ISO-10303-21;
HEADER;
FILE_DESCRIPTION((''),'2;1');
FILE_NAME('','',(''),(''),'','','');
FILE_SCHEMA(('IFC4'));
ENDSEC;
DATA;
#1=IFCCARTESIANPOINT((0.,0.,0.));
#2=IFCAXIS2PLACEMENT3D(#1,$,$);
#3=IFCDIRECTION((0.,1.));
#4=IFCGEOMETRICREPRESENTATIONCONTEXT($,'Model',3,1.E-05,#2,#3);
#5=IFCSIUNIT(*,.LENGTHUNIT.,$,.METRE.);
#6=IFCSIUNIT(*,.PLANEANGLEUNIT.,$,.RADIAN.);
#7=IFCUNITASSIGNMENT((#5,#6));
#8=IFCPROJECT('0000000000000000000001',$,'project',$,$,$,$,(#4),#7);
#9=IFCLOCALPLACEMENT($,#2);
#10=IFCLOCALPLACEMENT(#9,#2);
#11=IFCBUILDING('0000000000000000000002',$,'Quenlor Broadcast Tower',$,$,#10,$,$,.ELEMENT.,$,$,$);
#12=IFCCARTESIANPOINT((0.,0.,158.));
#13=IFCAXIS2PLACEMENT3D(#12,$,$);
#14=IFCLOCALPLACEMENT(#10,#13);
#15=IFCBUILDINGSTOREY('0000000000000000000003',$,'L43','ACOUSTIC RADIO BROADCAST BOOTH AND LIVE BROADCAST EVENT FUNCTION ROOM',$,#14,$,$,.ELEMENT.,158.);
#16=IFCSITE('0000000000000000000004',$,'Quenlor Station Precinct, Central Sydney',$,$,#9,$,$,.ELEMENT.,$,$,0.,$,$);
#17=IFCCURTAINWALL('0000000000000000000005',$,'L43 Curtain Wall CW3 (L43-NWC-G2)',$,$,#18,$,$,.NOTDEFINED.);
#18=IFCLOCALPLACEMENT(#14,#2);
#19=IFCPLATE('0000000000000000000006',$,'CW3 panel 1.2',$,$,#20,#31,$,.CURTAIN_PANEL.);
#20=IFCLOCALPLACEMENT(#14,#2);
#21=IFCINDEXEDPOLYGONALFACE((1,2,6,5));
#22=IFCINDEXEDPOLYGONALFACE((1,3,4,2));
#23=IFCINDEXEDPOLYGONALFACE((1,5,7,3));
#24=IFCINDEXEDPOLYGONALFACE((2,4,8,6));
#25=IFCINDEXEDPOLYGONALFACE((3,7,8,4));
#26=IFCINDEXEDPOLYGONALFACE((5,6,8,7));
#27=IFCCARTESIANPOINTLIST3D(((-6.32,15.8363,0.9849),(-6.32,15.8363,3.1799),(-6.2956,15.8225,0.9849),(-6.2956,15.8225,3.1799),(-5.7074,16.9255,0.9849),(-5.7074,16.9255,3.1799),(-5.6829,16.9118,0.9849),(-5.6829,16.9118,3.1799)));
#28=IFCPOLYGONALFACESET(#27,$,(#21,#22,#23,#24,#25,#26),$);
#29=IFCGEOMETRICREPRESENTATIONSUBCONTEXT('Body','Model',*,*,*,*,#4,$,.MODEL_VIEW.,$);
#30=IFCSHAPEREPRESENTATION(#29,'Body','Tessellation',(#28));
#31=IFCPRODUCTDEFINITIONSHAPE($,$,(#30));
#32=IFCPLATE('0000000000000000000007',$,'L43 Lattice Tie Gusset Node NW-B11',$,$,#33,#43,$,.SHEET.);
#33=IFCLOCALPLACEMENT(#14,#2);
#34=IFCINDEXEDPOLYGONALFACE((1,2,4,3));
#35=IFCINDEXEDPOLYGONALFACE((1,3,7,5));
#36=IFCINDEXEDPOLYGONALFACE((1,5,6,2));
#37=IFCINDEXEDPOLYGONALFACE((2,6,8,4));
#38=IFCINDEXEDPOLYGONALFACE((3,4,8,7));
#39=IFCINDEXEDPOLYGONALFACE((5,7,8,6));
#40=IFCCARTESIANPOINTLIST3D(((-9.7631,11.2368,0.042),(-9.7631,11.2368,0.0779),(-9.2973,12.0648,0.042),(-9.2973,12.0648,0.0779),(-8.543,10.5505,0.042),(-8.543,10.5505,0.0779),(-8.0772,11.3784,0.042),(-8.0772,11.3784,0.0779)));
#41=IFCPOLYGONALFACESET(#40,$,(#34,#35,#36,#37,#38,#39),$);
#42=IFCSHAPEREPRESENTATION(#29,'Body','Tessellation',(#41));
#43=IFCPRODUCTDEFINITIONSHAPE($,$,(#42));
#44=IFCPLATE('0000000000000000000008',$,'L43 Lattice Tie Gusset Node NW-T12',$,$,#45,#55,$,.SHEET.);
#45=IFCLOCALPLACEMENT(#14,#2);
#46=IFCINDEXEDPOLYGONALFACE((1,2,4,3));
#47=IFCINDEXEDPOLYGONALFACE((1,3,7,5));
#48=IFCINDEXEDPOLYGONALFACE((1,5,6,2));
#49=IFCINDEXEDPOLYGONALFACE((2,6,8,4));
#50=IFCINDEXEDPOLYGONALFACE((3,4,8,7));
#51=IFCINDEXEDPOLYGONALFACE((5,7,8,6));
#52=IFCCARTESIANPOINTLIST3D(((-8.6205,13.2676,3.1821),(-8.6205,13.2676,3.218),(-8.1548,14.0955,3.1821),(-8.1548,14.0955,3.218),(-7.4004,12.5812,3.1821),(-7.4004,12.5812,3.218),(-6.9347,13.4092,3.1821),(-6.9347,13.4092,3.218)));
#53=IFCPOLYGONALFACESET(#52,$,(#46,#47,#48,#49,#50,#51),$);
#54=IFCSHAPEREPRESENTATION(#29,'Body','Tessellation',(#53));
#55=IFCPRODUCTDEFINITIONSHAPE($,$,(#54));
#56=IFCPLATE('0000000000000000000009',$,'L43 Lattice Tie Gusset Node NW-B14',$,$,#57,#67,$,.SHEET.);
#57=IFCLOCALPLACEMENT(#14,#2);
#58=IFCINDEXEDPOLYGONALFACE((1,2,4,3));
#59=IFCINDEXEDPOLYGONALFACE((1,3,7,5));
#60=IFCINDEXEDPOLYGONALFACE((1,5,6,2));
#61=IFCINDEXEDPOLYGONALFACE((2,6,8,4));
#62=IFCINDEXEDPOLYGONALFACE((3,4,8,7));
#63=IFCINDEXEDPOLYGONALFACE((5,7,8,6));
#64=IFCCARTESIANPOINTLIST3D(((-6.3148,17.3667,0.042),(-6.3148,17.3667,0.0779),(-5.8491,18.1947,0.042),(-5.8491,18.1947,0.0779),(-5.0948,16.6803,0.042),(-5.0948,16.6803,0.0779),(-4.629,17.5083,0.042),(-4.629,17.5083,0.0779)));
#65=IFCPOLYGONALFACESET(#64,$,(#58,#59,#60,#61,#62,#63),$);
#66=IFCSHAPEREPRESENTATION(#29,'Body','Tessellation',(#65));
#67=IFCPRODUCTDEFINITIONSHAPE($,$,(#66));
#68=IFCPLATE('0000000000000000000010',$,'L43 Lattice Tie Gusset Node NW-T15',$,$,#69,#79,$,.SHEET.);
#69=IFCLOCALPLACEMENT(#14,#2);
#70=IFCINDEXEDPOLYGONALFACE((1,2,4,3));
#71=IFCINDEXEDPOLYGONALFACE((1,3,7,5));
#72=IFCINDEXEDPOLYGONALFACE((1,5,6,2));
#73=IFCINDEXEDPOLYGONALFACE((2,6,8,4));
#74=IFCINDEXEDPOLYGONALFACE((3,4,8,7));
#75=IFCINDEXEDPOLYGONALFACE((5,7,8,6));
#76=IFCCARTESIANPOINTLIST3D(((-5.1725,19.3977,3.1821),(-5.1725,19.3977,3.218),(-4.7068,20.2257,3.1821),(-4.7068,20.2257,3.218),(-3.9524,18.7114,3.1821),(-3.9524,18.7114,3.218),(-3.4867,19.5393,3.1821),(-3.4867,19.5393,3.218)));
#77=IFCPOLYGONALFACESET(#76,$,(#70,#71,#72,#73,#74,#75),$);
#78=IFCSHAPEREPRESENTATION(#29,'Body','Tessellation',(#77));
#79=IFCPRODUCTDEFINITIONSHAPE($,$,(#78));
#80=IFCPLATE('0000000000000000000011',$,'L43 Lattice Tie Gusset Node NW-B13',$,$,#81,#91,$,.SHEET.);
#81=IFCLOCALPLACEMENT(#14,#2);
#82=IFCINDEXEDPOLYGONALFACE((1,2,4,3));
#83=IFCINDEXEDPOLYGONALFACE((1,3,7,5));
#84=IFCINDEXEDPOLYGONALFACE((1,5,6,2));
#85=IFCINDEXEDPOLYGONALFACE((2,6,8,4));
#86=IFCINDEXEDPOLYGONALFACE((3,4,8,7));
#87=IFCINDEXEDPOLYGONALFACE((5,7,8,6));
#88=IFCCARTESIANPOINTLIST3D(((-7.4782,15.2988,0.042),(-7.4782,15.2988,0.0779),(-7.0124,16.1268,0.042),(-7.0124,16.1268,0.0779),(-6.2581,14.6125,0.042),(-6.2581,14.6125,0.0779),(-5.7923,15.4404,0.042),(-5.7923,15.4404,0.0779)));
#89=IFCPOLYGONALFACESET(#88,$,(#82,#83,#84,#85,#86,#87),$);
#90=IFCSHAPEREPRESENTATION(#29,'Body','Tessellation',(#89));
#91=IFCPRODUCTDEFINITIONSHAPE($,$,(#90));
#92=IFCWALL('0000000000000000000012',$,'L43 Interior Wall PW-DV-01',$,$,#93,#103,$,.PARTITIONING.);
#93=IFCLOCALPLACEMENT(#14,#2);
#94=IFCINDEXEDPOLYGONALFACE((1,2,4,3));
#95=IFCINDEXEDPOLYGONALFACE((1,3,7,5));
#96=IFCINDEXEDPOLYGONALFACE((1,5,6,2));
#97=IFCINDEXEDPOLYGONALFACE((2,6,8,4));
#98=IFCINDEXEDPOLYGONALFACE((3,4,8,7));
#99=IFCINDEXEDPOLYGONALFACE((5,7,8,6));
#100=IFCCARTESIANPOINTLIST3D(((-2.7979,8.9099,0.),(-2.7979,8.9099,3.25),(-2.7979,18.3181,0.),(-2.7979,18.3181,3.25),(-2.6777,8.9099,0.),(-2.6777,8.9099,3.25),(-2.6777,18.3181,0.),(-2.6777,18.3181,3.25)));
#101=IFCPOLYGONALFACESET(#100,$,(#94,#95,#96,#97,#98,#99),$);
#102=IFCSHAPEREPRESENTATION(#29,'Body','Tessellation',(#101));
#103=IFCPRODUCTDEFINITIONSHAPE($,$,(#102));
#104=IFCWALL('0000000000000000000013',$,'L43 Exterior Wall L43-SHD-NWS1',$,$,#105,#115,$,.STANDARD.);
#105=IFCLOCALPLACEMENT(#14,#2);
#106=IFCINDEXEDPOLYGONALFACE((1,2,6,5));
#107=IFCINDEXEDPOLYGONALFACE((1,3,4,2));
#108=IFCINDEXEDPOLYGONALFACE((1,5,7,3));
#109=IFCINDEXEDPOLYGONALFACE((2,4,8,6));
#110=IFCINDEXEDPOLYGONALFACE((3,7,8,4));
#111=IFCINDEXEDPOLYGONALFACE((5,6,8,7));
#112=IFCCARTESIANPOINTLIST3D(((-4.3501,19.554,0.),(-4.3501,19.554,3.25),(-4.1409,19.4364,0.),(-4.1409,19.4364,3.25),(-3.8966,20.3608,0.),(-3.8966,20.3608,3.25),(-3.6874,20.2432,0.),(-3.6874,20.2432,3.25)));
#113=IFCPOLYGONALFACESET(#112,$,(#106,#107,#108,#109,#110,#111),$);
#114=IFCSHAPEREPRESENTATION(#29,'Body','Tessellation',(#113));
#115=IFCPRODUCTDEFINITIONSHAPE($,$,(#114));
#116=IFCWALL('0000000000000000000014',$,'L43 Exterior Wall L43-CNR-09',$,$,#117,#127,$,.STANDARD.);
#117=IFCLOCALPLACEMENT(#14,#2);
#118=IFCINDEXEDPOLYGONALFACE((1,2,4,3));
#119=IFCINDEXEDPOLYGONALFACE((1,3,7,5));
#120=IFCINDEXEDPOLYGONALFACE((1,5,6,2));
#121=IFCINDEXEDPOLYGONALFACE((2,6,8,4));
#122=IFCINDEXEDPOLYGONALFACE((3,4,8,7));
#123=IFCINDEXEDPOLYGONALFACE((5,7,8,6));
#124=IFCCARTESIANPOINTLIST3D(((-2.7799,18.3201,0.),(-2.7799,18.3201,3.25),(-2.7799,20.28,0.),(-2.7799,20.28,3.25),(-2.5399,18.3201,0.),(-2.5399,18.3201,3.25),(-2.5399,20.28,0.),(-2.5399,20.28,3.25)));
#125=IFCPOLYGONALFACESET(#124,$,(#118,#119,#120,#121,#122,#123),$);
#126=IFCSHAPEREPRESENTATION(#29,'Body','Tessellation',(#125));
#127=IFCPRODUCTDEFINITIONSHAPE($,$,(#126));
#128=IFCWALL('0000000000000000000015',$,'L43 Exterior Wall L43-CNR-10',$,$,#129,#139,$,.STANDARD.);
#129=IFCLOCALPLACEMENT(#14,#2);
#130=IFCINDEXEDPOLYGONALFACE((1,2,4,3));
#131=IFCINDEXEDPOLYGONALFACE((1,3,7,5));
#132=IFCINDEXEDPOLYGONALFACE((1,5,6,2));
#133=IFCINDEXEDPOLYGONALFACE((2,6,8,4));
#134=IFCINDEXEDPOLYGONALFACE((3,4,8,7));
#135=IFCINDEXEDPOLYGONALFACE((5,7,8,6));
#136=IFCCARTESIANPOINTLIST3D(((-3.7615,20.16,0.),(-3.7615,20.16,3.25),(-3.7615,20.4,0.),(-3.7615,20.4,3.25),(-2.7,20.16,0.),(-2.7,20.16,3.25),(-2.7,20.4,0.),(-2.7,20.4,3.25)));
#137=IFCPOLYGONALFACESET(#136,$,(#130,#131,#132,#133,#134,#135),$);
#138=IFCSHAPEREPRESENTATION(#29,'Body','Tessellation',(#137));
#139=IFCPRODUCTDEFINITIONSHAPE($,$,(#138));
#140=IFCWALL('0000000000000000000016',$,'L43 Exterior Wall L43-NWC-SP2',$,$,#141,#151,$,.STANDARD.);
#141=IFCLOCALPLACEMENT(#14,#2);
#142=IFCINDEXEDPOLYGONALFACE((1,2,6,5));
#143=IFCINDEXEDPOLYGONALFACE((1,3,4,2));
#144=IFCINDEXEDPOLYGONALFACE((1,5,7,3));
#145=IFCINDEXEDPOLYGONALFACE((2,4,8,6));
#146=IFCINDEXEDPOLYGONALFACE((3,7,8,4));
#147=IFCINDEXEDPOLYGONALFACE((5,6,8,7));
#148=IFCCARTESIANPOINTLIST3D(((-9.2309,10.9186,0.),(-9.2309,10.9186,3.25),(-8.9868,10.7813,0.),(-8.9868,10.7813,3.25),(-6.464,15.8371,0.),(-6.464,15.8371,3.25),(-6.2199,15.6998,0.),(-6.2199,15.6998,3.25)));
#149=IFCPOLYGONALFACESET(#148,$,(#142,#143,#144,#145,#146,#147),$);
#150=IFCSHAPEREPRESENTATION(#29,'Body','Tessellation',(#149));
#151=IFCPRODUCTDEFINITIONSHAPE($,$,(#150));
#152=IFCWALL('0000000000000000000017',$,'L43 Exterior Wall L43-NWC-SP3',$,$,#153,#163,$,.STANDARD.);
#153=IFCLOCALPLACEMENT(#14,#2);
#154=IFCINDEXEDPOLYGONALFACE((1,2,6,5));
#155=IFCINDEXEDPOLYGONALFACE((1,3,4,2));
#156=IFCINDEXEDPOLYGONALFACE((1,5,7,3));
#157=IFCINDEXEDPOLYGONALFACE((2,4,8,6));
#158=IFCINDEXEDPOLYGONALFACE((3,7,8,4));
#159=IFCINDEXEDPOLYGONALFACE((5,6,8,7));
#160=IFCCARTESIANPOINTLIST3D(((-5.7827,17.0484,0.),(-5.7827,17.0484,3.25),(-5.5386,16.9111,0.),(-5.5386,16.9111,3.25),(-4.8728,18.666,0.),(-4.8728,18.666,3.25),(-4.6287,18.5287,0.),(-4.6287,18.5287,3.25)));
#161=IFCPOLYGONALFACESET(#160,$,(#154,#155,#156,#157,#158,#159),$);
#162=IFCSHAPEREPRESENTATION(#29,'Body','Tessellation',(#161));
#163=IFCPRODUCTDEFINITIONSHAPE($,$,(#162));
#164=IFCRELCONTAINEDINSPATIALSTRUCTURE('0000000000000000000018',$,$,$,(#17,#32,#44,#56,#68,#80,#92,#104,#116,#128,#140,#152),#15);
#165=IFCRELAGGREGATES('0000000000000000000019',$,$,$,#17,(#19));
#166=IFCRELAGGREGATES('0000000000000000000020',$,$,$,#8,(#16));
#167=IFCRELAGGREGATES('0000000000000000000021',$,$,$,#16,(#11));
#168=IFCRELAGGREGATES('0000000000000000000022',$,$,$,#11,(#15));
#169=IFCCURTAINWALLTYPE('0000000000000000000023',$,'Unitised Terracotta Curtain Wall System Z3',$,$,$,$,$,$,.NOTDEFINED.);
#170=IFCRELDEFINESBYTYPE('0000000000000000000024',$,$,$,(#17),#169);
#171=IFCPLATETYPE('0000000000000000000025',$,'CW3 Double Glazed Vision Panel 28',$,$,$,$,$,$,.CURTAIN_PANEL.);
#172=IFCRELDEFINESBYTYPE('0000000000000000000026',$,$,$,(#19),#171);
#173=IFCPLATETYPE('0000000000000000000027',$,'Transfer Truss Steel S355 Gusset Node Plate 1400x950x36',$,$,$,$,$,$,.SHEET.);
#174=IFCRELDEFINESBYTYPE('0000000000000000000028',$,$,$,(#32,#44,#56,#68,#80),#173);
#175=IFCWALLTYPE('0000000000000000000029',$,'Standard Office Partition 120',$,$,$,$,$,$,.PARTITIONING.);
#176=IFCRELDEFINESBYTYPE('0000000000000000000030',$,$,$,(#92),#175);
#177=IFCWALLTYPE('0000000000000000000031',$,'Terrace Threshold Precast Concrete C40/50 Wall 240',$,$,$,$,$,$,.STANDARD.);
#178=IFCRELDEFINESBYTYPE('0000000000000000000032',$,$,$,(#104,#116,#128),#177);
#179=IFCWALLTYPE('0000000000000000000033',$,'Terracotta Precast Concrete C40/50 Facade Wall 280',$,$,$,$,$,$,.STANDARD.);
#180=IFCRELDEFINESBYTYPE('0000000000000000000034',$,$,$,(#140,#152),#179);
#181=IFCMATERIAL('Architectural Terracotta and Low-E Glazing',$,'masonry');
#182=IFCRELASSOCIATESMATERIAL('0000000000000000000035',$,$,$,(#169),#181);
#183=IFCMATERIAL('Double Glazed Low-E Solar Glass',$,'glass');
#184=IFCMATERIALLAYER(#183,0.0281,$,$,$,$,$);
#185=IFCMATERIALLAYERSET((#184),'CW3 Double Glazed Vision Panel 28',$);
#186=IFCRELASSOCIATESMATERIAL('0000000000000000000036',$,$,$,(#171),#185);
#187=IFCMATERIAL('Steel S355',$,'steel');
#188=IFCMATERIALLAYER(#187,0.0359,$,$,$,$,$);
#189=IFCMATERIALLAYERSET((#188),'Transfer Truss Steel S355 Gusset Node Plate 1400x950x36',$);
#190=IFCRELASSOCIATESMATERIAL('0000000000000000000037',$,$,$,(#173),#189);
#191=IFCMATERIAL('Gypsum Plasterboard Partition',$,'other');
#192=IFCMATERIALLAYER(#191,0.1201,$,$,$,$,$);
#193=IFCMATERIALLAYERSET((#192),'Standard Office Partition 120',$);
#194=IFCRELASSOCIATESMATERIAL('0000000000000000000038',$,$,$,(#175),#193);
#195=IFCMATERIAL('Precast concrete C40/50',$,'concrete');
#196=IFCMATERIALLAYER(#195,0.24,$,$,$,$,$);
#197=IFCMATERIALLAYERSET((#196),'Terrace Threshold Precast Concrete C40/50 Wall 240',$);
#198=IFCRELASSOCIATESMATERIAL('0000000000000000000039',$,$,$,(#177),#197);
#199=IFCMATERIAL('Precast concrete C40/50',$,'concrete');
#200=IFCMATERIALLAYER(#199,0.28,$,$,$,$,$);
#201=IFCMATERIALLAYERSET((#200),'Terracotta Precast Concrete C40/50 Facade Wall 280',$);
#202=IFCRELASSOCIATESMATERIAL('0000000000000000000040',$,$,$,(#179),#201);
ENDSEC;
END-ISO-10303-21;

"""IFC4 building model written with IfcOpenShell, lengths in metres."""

from ifc_helpers import new_model, si_unit, direction, frame, frame_2d, origin, origin_2d, place, context, subcontext, project, spatial, rectangle, extrude, material, layer, layer_set, type_object, element, aggregate, save


model = new_model("IFC4")

# Units and contexts
model_context = context("Model", 3, precision=1e-05, world=origin(), true_north=direction((0.0, 1.0)))
body_context = subcontext(model_context, "Body", "Model", "MODEL_VIEW")
ifc_project = project(units=[si_unit("LENGTHUNIT", "METRE"), si_unit("PLANEANGLEUNIT", "RADIAN")], contexts=[model_context])

# Site, building, storey
site_placement = place(None, origin())
site = spatial("IfcSite", under=ifc_project, at=site_placement, Name="Quenlor Station Precinct, Central Sydney", CompositionType="ELEMENT", RefElevation=0.0)
building_placement = place(site_placement, origin())
building = spatial("IfcBuilding", under=site, at=building_placement, Name="Quenlor Broadcast Tower", CompositionType="ELEMENT")
storey_placement = place(building_placement, frame((0.0, 0.0, 158.0)))
storey = spatial("IfcBuildingStorey", under=building, at=storey_placement, Name="L43", Description="ACOUSTIC RADIO BROADCAST BOOTH AND LIVE BROADCAST EVENT FUNCTION ROOM", CompositionType="ELEMENT", Elevation=158.0)

# Shared definitions
ifc_material_1 = material(Name="Architectural Terracotta and Low-E Glazing", Category="masonry")
curtain_wall_type = type_object("IfcCurtainWallType", Name="Unitised Terracotta Curtain Wall System Z3", PredefinedType="NOTDEFINED", material=ifc_material_1)

# Curtain wall
curtain_wall_1_placement = place(storey_placement, origin())
curtain_wall_1 = element("IfcCurtainWall", 1, at=curtain_wall_1_placement, inside=storey, type_object=curtain_wall_type, Name="L43 Curtain Wall CW3 (L43-NWC-G2)", PredefinedType="NOTDEFINED")

# Plate
ifc_material_2 = material(Name="Double Glazed Low-E Solar Glass", Category="glass")
ifc_layer_1 = layer(ifc_material_2, 0.0281)
ifc_layer_set_1 = layer_set([ifc_layer_1], Name="CW3 Double Glazed Vision Panel 28")
plate_type_1 = type_object("IfcPlateType", Name="CW3 Double Glazed Vision Panel 28", PredefinedType="CURTAIN_PANEL", material=ifc_layer_set_1)
plate_1_placement = place(storey_placement, frame((-6.0015, 16.374, 0.9849), z_axis=(0.0, 0.0, 1.0), x_axis=(0.49023, 0.871593, 0.0)))
plate_1 = element("IfcPlate", 2, at=plate_1_placement, type_object=plate_type_1, Name="CW3 panel 1.2", PredefinedType="CURTAIN_PANEL", context=body_context, shape_type="SweptSolid", body=[
    extrude(rectangle(XDim=1.2498, YDim=0.0281, at=origin_2d()), origin(), (0.0, 0.0, 1.0), 2.1951),
])
aggregate(curtain_wall_1, [plate_1])

# Plates
ifc_material_3 = material(Name="Steel S355", Category="steel")
ifc_layer_2 = layer(ifc_material_3, 0.0359)
ifc_layer_set_2 = layer_set([ifc_layer_2], Name="Transfer Truss Steel S355 Gusset Node Plate 1400x950x36")
plate_type_2 = type_object("IfcPlateType", Name="Transfer Truss Steel S355 Gusset Node Plate 1400x950x36", PredefinedType="SHEET", material=ifc_layer_set_2)
for number, where, z_axis, x_axis, name in (
    (3, (-8.9202, 11.3076, 0.042), (0.0, 0.0, 1.0), (-0.871556, 0.490295, 0.0), "L43 Lattice Tie Gusset Node NW-B11"),
    (4, (-7.7776, 13.3384, 3.1821), (0.0, 0.0, 1.0), (-0.871556, 0.490295, 0.0), "L43 Lattice Tie Gusset Node NW-T12"),
    (5, (-5.4719, 17.4375, 0.042), (0.0, 0.0, 1.0), (-0.871556, 0.490295, 0.0), "L43 Lattice Tie Gusset Node NW-B14"),
    (6, (-4.3296, 19.4685, 3.1821), (0.0, 0.0, 1.0), (-0.871556, 0.490295, 0.0), "L43 Lattice Tie Gusset Node NW-T15"),
    (7, (-6.6353, 15.3696, 0.042), (0.0, 0.0, 1.0), (-0.871556, 0.490295, 0.0), "L43 Lattice Tie Gusset Node NW-B13"),
):
    element("IfcPlate", number, at=place(storey_placement, frame(where, z_axis=z_axis, x_axis=x_axis)), inside=storey, type_object=plate_type_2, Name=name, PredefinedType="SHEET", context=body_context, shape_type="SweptSolid", body=[
        extrude(rectangle(XDim=1.3999, YDim=0.95, at=origin_2d()), origin(), (0.0, 0.0, 1.0), 0.0359),
    ])

# Walls
ifc_material_4 = material(Name="Gypsum Plasterboard Partition", Category="other")
ifc_layer_3 = layer(ifc_material_4, 0.1201)
ifc_layer_set_3 = layer_set([ifc_layer_3], Name="Standard Office Partition 120")
wall_type_1 = type_object("IfcWallType", Name="Standard Office Partition 120", PredefinedType="PARTITIONING", material=ifc_layer_set_3)
wall_1_placement = place(storey_placement, frame((-2.7378, 18.3181, 0.0), z_axis=(0.0, 0.0, 1.0), x_axis=(0.0, -1.0, 0.0)))
element("IfcWall", 8, at=wall_1_placement, inside=storey, type_object=wall_type_1, Name="L43 Interior Wall PW-DV-01", PredefinedType="PARTITIONING", context=body_context, shape_type="SweptSolid", body=[
    extrude(rectangle(XDim=9.4082, YDim=0.1201, at=frame_2d((4.7041, 0.0))), origin(), (0.0, 0.0, 1.0), 3.25),
])
ifc_material_5 = material(Name="Precast concrete C40/50", Category="concrete")
ifc_layer_4 = layer(ifc_material_5, 0.24)
ifc_layer_set_4 = layer_set([ifc_layer_4], Name="Terrace Threshold Precast Concrete C40/50 Wall 240")
wall_type_2 = type_object("IfcWallType", Name="Terrace Threshold Precast Concrete C40/50 Wall 240", PredefinedType="STANDARD", material=ifc_layer_set_4)
wall_2_placement = place(storey_placement, frame((-4.2456, 19.4951, 0.0), z_axis=(0.0, 0.0, 1.0), x_axis=(0.490048, 0.871695, 0.0)))
element("IfcWall", 9, at=wall_2_placement, inside=storey, type_object=wall_type_2, Name="L43 Exterior Wall L43-SHD-NWS1", PredefinedType="STANDARD", context=body_context, shape_type="SweptSolid", body=[
    extrude(rectangle(XDim=0.9255, YDim=0.24, at=frame_2d((0.4629, 0.0))), origin(), (0.0, 0.0, 1.0), 3.25),
])
wall_3_placement = place(storey_placement, frame((-2.6599, 18.3201, 0.0), z_axis=(0.0, 0.0, 1.0), x_axis=(0.0, 1.0, 0.0)))
element("IfcWall", 10, at=wall_3_placement, inside=storey, type_object=wall_type_2, Name="L43 Exterior Wall L43-CNR-09", PredefinedType="STANDARD", context=body_context, shape_type="SweptSolid", body=[
    extrude(rectangle(XDim=1.96, YDim=0.24, at=frame_2d((0.98, 0.0))), origin(), (0.0, 0.0, 1.0), 3.25),
])
wall_4_placement = place(storey_placement, frame((-2.7, 20.28, 0.0), z_axis=(0.0, 0.0, 1.0), x_axis=(-1.0, 0.0, 0.0)))
element("IfcWall", 11, at=wall_4_placement, inside=storey, type_object=wall_type_2, Name="L43 Exterior Wall L43-CNR-10", PredefinedType="STANDARD", context=body_context, shape_type="SweptSolid", body=[
    extrude(rectangle(XDim=1.0615, YDim=0.24, at=frame_2d((0.5308, 0.0))), origin(), (0.0, 0.0, 1.0), 3.25),
])
ifc_material_6 = material(Name="Precast concrete C40/50", Category="concrete")
ifc_layer_5 = layer(ifc_material_6, 0.28)
ifc_layer_set_5 = layer_set([ifc_layer_5], Name="Terracotta Precast Concrete C40/50 Facade Wall 280")
wall_type_3 = type_object("IfcWallType", Name="Terracotta Precast Concrete C40/50 Facade Wall 280", PredefinedType="STANDARD", material=ifc_layer_set_5)
wall_5_placement = place(storey_placement, frame((-9.1089, 10.8499, 0.0), z_axis=(0.0, 0.0, 1.0), x_axis=(0.49029, 0.871559, 0.0)))
element("IfcWall", 12, at=wall_5_placement, inside=storey, type_object=wall_type_3, Name="L43 Exterior Wall L43-NWC-SP2", PredefinedType="STANDARD", context=body_context, shape_type="SweptSolid", body=[
    extrude(rectangle(XDim=5.6433, YDim=0.28, at=frame_2d((2.8218, 0.0))), origin(), (0.0, 0.0, 1.0), 3.25),
])
wall_6_placement = place(storey_placement, frame((-5.6606, 16.9797, 0.0), z_axis=(0.0, 0.0, 1.0), x_axis=(0.490249, 0.871583, 0.0)))
element("IfcWall", 13, at=wall_6_placement, inside=storey, type_object=wall_type_3, Name="L43 Exterior Wall L43-NWC-SP3", PredefinedType="STANDARD", context=body_context, shape_type="SweptSolid", body=[
    extrude(rectangle(XDim=1.856, YDim=0.28, at=frame_2d((0.928, 0.0))), origin(), (0.0, 0.0, 1.0), 3.25),
])

save(model, "model.ifc")
